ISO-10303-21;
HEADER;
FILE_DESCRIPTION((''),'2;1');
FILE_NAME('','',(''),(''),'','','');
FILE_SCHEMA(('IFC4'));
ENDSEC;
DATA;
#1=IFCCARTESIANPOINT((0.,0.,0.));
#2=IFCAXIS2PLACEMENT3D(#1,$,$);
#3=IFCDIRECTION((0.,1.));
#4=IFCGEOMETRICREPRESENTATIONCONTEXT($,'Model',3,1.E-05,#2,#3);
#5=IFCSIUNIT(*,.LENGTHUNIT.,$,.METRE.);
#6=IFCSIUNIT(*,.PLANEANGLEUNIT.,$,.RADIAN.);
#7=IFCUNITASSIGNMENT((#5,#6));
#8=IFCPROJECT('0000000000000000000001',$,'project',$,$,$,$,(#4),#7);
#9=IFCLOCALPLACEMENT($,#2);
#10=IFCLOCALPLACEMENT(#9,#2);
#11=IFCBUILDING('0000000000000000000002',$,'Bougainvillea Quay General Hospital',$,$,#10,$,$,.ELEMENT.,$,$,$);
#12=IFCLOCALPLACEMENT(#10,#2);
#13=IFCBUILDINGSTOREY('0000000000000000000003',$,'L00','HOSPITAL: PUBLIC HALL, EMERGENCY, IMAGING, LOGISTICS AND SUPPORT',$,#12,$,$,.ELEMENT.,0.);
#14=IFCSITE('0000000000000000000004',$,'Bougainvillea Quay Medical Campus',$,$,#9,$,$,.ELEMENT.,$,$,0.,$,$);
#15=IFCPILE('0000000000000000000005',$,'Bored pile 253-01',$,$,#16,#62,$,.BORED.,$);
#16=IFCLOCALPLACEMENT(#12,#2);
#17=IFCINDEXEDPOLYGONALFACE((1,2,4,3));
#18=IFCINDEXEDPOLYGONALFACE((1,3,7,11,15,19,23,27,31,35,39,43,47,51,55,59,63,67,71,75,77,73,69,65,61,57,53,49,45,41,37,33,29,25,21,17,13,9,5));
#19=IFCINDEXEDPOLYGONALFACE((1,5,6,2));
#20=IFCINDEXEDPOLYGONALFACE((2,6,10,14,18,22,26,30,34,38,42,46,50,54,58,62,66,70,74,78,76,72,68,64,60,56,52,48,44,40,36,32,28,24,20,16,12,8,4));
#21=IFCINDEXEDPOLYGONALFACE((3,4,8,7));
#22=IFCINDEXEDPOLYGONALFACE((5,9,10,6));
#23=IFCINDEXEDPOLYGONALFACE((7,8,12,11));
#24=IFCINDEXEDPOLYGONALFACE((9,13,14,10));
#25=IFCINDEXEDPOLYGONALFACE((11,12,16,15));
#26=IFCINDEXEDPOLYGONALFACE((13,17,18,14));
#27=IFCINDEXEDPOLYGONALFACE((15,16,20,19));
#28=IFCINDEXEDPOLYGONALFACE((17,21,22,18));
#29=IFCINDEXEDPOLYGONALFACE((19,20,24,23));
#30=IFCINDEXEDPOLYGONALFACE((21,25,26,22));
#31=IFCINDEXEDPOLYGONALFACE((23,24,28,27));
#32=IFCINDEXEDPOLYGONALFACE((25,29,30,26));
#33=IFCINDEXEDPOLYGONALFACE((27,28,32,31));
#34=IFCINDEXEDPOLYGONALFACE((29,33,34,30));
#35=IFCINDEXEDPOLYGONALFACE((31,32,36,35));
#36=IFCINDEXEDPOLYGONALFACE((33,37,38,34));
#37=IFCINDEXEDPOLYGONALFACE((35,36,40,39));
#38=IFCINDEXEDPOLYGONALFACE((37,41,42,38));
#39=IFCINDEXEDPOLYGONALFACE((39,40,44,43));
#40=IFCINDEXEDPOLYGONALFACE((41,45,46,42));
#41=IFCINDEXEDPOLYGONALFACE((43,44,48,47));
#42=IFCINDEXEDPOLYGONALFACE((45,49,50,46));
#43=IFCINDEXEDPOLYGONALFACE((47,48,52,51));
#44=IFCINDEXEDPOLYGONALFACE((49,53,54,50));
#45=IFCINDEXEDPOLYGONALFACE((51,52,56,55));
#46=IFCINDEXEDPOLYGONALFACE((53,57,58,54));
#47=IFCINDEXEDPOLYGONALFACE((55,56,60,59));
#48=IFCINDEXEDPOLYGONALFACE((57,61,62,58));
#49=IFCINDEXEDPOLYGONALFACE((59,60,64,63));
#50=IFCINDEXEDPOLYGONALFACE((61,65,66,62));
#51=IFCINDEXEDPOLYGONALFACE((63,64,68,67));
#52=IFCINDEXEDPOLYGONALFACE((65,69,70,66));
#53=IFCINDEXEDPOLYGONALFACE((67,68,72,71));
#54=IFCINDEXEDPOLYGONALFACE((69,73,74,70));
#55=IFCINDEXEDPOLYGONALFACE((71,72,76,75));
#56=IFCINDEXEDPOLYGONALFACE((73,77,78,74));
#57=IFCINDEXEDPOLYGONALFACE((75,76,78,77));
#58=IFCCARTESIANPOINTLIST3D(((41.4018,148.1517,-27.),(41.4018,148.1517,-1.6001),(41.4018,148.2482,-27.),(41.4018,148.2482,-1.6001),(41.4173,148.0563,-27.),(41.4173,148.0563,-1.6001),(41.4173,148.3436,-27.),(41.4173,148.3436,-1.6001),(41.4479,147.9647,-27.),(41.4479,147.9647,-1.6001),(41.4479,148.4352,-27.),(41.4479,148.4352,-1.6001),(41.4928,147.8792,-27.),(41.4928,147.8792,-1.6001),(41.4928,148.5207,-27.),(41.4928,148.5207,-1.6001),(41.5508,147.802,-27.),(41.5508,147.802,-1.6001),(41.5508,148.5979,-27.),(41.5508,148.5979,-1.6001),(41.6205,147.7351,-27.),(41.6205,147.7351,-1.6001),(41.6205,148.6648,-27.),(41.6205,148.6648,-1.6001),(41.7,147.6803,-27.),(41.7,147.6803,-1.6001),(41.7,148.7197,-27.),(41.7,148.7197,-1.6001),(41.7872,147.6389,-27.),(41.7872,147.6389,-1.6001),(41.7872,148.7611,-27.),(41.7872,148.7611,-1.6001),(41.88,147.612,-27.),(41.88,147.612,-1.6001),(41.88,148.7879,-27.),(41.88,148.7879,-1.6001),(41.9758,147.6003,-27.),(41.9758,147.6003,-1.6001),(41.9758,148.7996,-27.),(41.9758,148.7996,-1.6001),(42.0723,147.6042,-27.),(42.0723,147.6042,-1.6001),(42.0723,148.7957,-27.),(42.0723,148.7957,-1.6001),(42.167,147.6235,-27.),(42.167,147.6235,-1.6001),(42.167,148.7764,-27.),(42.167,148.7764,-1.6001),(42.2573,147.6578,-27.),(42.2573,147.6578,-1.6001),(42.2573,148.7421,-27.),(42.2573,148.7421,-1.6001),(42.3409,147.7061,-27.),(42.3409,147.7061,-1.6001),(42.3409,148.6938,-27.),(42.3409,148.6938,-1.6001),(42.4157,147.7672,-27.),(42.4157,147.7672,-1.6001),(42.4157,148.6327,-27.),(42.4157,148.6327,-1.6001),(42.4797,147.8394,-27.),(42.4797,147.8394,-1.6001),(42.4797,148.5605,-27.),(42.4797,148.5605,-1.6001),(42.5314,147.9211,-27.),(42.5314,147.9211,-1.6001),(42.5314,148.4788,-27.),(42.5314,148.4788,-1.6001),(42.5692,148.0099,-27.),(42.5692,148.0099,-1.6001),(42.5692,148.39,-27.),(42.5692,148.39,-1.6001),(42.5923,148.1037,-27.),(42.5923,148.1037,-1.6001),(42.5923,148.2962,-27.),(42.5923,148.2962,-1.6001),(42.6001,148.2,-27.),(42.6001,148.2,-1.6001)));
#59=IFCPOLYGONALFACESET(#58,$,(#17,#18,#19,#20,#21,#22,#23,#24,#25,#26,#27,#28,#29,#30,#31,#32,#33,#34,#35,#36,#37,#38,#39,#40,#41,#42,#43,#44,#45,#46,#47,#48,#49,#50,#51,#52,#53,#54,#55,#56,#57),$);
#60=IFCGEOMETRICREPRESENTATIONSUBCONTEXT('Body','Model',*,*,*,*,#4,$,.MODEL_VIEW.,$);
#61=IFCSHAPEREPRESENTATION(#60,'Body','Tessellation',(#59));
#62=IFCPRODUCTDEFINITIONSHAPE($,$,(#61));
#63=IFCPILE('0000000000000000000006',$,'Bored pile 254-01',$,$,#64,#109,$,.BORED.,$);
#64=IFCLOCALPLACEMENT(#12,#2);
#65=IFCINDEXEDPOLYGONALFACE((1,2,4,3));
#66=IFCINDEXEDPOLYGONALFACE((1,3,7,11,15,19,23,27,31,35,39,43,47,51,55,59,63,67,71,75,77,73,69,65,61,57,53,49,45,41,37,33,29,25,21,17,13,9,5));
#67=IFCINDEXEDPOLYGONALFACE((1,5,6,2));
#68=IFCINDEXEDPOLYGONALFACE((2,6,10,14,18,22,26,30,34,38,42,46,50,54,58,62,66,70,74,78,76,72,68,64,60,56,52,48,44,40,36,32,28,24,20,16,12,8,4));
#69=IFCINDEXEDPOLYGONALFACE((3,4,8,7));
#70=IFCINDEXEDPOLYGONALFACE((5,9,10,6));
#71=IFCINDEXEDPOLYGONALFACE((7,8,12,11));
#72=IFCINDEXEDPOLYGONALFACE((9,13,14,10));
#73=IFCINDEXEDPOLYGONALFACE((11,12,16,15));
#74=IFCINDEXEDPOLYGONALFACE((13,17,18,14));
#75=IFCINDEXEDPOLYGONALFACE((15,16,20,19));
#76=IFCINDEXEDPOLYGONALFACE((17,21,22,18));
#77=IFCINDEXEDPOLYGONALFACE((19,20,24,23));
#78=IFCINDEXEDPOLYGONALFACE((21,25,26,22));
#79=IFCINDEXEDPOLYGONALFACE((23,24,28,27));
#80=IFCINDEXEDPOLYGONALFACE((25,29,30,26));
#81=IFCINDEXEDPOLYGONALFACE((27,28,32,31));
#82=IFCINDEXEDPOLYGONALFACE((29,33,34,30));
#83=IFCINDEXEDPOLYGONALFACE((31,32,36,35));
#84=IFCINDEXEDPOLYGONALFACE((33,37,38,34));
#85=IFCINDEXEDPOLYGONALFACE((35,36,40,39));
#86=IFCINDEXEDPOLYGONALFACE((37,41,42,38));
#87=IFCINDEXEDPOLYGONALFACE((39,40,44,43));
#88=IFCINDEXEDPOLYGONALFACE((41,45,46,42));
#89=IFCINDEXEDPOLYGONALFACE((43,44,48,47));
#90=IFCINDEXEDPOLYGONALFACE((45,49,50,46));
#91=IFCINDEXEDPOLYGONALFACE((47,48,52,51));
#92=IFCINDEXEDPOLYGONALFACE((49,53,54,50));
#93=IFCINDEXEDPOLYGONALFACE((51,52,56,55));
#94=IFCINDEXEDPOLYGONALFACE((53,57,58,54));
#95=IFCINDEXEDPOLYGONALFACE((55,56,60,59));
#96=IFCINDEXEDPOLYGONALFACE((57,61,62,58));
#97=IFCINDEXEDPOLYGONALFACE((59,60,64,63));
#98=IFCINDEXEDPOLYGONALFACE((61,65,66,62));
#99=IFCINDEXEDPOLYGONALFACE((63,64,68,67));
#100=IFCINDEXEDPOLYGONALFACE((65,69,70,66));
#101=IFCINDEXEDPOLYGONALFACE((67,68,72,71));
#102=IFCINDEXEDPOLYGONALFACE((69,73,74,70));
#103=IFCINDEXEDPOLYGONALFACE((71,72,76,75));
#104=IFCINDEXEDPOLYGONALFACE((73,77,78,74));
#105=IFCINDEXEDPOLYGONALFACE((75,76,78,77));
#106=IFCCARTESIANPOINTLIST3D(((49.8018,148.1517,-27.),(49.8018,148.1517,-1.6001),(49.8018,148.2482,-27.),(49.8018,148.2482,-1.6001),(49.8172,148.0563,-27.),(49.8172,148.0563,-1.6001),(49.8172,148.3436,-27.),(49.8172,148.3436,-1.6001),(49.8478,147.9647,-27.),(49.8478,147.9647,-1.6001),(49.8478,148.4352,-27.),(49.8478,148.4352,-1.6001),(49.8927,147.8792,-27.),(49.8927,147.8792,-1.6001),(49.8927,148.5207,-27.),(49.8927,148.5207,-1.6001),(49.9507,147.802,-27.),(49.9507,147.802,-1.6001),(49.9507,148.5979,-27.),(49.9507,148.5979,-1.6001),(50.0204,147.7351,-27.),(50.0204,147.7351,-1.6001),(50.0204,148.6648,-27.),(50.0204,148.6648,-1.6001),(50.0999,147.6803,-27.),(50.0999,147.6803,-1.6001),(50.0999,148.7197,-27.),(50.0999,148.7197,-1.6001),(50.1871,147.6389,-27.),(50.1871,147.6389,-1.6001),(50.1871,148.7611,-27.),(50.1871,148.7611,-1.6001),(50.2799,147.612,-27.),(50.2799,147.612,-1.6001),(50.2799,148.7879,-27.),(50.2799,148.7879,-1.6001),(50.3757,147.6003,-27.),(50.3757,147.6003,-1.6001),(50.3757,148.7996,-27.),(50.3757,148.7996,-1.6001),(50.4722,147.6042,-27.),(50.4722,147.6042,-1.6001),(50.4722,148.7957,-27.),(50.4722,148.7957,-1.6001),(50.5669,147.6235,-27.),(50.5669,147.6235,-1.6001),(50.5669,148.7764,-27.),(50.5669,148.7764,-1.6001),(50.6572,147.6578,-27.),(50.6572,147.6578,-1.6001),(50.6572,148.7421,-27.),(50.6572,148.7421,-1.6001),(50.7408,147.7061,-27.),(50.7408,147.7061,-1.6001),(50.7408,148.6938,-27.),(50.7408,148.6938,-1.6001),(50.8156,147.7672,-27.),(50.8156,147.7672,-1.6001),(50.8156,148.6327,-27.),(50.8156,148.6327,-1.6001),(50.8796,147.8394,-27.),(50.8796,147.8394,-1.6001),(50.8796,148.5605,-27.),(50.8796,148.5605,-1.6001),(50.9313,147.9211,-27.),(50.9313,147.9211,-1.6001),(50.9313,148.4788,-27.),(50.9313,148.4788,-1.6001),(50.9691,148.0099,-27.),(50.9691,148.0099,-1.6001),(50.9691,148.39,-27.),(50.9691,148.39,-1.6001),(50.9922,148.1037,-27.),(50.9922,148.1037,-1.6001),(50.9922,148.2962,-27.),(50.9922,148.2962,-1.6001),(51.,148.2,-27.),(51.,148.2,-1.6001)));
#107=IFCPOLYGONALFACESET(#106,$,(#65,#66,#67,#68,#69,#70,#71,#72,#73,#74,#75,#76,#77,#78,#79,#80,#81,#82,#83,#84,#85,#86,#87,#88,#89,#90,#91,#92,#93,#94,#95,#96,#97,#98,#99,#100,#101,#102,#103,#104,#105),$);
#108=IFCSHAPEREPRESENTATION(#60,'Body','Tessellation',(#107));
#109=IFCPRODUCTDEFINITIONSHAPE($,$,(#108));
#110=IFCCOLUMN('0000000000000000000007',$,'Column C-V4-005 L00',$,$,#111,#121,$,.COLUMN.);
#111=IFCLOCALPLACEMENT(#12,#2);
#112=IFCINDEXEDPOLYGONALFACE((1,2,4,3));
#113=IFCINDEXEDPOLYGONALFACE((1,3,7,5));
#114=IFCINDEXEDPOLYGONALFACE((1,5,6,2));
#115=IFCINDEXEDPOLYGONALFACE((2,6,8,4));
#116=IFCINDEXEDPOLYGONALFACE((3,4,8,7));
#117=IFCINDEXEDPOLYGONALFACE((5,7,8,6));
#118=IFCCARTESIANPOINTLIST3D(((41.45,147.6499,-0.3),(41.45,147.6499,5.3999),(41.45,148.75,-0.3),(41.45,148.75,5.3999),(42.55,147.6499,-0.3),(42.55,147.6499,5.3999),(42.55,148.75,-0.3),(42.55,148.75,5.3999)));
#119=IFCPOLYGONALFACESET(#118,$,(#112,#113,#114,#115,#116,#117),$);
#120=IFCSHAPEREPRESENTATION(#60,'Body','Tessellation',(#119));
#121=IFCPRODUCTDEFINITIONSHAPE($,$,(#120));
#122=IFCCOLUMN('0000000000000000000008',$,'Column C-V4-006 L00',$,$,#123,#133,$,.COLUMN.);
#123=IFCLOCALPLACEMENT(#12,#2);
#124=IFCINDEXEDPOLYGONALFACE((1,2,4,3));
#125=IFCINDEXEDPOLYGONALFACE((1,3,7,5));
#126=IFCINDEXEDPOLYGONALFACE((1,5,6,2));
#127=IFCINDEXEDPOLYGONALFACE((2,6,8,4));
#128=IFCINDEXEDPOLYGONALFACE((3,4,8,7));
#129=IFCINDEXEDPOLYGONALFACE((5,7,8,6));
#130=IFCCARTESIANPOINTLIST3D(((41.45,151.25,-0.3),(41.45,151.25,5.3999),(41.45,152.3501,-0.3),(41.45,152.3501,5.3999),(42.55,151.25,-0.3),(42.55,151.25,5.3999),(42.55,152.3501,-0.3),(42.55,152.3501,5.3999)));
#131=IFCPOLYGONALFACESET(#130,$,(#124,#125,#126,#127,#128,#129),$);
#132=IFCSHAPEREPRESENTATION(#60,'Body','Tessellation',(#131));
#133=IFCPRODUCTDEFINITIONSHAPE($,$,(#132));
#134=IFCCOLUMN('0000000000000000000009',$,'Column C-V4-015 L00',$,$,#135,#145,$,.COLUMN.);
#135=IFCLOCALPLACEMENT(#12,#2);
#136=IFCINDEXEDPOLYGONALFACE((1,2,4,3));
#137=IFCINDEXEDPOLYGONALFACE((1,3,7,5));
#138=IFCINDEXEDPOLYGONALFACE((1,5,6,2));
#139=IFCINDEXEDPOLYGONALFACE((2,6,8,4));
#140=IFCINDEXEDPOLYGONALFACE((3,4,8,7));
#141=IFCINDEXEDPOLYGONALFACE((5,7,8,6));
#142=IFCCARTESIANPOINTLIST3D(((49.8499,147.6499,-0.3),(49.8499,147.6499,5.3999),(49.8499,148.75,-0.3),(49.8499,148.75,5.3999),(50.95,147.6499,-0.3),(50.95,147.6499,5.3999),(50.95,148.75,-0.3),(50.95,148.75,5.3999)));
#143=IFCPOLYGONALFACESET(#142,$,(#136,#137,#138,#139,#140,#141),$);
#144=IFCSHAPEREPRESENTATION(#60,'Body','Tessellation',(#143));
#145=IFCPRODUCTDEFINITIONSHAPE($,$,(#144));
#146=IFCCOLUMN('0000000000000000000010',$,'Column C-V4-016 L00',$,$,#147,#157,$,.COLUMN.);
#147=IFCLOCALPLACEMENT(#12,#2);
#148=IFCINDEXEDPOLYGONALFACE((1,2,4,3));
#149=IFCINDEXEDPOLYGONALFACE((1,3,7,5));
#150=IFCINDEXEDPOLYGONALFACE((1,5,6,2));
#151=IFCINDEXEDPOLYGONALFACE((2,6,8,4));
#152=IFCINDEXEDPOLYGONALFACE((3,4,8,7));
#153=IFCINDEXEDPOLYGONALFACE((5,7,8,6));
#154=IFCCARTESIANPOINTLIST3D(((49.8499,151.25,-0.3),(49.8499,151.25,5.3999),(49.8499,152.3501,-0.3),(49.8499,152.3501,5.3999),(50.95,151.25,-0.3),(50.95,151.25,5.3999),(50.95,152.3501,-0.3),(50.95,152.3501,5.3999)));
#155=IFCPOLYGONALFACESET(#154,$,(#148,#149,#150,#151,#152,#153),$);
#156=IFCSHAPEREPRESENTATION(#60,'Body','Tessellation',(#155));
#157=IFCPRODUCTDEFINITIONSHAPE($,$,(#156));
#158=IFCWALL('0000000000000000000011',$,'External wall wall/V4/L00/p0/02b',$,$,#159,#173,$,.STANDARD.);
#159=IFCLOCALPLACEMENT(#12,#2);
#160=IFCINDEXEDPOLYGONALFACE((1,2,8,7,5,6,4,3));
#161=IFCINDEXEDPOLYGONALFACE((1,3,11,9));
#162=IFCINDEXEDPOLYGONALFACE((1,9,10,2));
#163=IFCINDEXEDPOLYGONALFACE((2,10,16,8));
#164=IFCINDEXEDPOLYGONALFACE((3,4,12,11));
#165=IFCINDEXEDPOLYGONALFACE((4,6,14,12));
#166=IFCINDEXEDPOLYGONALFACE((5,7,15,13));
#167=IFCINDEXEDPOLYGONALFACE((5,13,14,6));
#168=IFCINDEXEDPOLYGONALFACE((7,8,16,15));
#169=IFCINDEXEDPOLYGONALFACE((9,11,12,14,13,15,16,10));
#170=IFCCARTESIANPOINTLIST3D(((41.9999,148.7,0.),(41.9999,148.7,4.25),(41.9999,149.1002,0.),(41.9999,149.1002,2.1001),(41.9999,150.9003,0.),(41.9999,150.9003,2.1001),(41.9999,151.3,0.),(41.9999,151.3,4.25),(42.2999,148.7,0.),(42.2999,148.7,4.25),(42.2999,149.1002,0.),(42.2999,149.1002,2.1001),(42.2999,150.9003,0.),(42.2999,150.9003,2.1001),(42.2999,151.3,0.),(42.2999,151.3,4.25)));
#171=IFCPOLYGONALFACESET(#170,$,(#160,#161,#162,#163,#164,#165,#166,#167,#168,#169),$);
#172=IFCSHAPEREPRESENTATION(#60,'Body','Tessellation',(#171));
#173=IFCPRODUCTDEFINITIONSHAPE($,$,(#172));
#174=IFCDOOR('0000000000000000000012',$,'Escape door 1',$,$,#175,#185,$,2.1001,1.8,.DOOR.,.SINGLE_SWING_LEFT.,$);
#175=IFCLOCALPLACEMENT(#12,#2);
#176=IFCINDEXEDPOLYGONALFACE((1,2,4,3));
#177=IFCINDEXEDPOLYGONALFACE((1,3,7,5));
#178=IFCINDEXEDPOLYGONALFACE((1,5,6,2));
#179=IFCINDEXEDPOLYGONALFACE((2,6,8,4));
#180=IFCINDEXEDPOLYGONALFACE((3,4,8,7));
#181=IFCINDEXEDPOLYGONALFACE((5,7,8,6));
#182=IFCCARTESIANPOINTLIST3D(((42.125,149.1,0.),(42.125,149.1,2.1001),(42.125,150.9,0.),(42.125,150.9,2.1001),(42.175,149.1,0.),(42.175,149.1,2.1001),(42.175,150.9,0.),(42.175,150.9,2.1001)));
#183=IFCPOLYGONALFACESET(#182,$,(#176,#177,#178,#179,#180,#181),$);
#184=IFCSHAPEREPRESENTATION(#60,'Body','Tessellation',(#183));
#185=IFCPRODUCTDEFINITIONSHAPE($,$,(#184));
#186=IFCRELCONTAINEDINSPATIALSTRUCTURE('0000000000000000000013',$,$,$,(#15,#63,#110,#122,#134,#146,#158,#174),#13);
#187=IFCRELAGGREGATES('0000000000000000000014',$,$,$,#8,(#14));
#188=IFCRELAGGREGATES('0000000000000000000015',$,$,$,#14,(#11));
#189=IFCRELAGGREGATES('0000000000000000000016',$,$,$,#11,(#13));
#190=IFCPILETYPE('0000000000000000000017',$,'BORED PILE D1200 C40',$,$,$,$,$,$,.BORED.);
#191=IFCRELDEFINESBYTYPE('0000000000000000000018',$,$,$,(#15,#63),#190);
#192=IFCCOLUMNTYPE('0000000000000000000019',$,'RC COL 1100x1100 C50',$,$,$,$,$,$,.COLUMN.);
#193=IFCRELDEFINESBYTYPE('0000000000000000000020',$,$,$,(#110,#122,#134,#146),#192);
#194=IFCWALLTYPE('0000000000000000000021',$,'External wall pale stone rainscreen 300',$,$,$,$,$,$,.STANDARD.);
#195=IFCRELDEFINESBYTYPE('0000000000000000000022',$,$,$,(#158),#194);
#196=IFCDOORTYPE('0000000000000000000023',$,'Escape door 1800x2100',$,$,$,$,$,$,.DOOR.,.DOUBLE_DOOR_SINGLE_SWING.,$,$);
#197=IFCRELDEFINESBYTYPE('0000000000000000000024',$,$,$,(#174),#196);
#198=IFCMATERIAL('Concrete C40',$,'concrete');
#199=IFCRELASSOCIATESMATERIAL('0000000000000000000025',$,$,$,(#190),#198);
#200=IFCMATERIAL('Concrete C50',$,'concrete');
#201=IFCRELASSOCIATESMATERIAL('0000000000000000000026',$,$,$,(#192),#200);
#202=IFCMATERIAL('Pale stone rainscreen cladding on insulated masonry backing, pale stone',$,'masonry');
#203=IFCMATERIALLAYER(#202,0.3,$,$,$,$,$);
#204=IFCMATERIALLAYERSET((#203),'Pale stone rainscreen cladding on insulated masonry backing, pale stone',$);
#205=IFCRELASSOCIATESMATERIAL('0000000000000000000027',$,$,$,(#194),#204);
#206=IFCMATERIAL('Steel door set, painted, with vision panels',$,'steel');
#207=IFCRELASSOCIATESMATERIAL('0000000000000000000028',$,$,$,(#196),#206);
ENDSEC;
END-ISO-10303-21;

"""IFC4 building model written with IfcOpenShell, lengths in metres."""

from ifc_helpers import new_model, si_unit, direction, frame, frame_2d, origin, origin_2d, place, context, subcontext, project, spatial, rectangle, circle, extrude, material, layer, layer_set, material_profile, profile_set, type_object, element, fill, save


model = new_model("IFC4")

# Units and contexts
model_context = context("Model", 3, precision=1e-05, world=origin(), true_north=direction((0.0, 1.0)))
body_context = subcontext(model_context, "Body", "Model", "MODEL_VIEW")
ifc_project = project(units=[si_unit("LENGTHUNIT", "METRE"), si_unit("PLANEANGLEUNIT", "RADIAN")], contexts=[model_context])

# Site, building, storey
site_placement = place(None, origin())
site = spatial("IfcSite", under=ifc_project, at=site_placement, Name="Bougainvillea Quay Medical Campus", CompositionType="ELEMENT", RefElevation=0.0)
building_placement = place(site_placement, origin())
building = spatial("IfcBuilding", under=site, at=building_placement, Name="Bougainvillea Quay General Hospital", CompositionType="ELEMENT")
storey_placement = place(building_placement, origin())
storey = spatial("IfcBuildingStorey", under=building, at=storey_placement, Name="L00", Description="HOSPITAL: PUBLIC HALL, EMERGENCY, IMAGING, LOGISTICS AND SUPPORT", CompositionType="ELEMENT", Elevation=0.0)

# Piles
ifc_material_1 = material(Name="Concrete C40", Category="concrete")
ifc_material_profile_1 = material_profile(ifc_material_1, circle(Radius=0.6001, at=origin_2d()))
ifc_profile_set_1 = profile_set([ifc_material_profile_1], Name="Concrete C40")
pile_type = type_object("IfcPileType", Name="BORED PILE D1200 C40", PredefinedType="BORED", material=ifc_profile_set_1)
for number, where, z_axis, x_axis, name in (
    (1, (42.0, 148.2, -1.6001), (0.0, 0.0, -1.0), (1.0, 0.0, 0.0), "Bored pile 253-01"),
    (2, (50.3999, 148.2, -1.6001), (0.0, 0.0, -1.0), (1.0, 0.0, 0.0), "Bored pile 254-01"),
):
    element("IfcPile", number, at=place(storey_placement, frame(where, z_axis=z_axis, x_axis=x_axis)), inside=storey, type_object=pile_type, Name=name, PredefinedType="BORED", context=body_context, shape_type="SweptSolid", body=[
        extrude(circle(Radius=0.6001, at=origin_2d()), origin(), (0.0, 0.0, 1.0), 25.3999),
    ])

# Columns
ifc_material_2 = material(Name="Concrete C50", Category="concrete")
ifc_material_profile_2 = material_profile(ifc_material_2, rectangle(XDim=1.1001, YDim=1.1001, at=origin_2d()))
ifc_profile_set_2 = profile_set([ifc_material_profile_2], Name="Concrete C50")
column_type = type_object("IfcColumnType", Name="RC COL 1100x1100 C50", PredefinedType="COLUMN", material=ifc_profile_set_2)
for number, where, z_axis, x_axis, name in (
    (3, (42.0, 148.2, -0.3), (0.0, 0.0, 1.0), (1.0, 0.0, 0.0), "Column C-V4-005 L00"),
    (4, (42.0, 151.8, -0.3), (0.0, 0.0, 1.0), (1.0, 0.0, 0.0), "Column C-V4-006 L00"),
    (5, (50.3999, 148.2, -0.3), (0.0, 0.0, 1.0), (1.0, 0.0, 0.0), "Column C-V4-015 L00"),
    (6, (50.3999, 151.8, -0.3), (0.0, 0.0, 1.0), (1.0, 0.0, 0.0), "Column C-V4-016 L00"),
):
    element("IfcColumn", number, at=place(storey_placement, frame(where, z_axis=z_axis, x_axis=x_axis)), inside=storey, type_object=column_type, Name=name, PredefinedType="COLUMN", context=body_context, shape_type="SweptSolid", body=[
        extrude(rectangle(XDim=1.1001, YDim=1.1001, at=origin_2d()), origin(), (0.0, 0.0, 1.0), 5.7),
    ])

# Wall, opening, door
ifc_material_3 = material(Name="Pale stone rainscreen cladding on insulated masonry backing, pale stone", Category="masonry")
ifc_layer_1 = layer(ifc_material_3, 0.3)
ifc_layer_set_1 = layer_set([ifc_layer_1], Name="Pale stone rainscreen cladding on insulated masonry backing, pale stone")
wall_type_1 = type_object("IfcWallType", Name="External wall pale stone rainscreen 300", PredefinedType="STANDARD", material=ifc_layer_set_1)
wall_1_placement = place(storey_placement, frame((42.1499, 151.3, 0.0), z_axis=(0.0, 0.0, 1.0), x_axis=(0.0, -1.0, 0.0)))
wall_1 = element("IfcWall", 7, at=wall_1_placement, inside=storey, type_object=wall_type_1, Name="External wall wall/V4/L00/p0/02b", PredefinedType="STANDARD", context=body_context, shape_type="SweptSolid", body=[
    extrude(rectangle(XDim=2.6001, YDim=0.3, at=frame_2d((1.3, 0.0))), origin(), (0.0, 0.0, 1.0), 4.25),
])
opening_1_placement = place(wall_1_placement, frame((0.3999, 0.0, 0.0)))
opening_1 = element("IfcOpeningElement", 8, at=opening_1_placement, cuts=wall_1, PredefinedType="OPENING", context=body_context, shape_type="SweptSolid", body=[
    extrude(rectangle(XDim=1.8, YDim=2.1001, at=frame_2d((0.8999, 1.05))), frame((0.0, 0.1599, 0.0), z_axis=(0.0, -1.0, 0.0), x_axis=(1.0, 0.0, 0.0)), (0.0, 0.0, 1.0), 0.3201),
])
ifc_material_4 = material(Name="Steel door set, painted, with vision panels", Category="steel")
door_type_1 = type_object("IfcDoorType", Name="Escape door 1800x2100", OperationType="DOUBLE_DOOR_SINGLE_SWING", PredefinedType="DOOR", material=ifc_material_4)
door_1_placement = place(opening_1_placement, frame((1.8, 0.0, 0.0), z_axis=(0.0, 0.0, 1.0), x_axis=(-1.0, 0.0, 0.0)))
door_1 = element("IfcDoor", 9, at=door_1_placement, inside=storey, type_object=door_type_1, Name="Escape door 1", OperationType="SINGLE_SWING_LEFT", OverallHeight=2.1001, OverallWidth=1.8, PredefinedType="DOOR", context=body_context, shape_type="SweptSolid", body=[
    extrude(rectangle(XDim=1.8, YDim=2.1001, at=frame_2d((0.8999, 1.05))), frame((0.0, 0.0249, 0.0), z_axis=(0.0, -1.0, 0.0), x_axis=(1.0, 0.0, 0.0)), (0.0, 0.0, 1.0), 0.05),
])
fill(opening_1, door_1)

save(model, "model.ifc")
